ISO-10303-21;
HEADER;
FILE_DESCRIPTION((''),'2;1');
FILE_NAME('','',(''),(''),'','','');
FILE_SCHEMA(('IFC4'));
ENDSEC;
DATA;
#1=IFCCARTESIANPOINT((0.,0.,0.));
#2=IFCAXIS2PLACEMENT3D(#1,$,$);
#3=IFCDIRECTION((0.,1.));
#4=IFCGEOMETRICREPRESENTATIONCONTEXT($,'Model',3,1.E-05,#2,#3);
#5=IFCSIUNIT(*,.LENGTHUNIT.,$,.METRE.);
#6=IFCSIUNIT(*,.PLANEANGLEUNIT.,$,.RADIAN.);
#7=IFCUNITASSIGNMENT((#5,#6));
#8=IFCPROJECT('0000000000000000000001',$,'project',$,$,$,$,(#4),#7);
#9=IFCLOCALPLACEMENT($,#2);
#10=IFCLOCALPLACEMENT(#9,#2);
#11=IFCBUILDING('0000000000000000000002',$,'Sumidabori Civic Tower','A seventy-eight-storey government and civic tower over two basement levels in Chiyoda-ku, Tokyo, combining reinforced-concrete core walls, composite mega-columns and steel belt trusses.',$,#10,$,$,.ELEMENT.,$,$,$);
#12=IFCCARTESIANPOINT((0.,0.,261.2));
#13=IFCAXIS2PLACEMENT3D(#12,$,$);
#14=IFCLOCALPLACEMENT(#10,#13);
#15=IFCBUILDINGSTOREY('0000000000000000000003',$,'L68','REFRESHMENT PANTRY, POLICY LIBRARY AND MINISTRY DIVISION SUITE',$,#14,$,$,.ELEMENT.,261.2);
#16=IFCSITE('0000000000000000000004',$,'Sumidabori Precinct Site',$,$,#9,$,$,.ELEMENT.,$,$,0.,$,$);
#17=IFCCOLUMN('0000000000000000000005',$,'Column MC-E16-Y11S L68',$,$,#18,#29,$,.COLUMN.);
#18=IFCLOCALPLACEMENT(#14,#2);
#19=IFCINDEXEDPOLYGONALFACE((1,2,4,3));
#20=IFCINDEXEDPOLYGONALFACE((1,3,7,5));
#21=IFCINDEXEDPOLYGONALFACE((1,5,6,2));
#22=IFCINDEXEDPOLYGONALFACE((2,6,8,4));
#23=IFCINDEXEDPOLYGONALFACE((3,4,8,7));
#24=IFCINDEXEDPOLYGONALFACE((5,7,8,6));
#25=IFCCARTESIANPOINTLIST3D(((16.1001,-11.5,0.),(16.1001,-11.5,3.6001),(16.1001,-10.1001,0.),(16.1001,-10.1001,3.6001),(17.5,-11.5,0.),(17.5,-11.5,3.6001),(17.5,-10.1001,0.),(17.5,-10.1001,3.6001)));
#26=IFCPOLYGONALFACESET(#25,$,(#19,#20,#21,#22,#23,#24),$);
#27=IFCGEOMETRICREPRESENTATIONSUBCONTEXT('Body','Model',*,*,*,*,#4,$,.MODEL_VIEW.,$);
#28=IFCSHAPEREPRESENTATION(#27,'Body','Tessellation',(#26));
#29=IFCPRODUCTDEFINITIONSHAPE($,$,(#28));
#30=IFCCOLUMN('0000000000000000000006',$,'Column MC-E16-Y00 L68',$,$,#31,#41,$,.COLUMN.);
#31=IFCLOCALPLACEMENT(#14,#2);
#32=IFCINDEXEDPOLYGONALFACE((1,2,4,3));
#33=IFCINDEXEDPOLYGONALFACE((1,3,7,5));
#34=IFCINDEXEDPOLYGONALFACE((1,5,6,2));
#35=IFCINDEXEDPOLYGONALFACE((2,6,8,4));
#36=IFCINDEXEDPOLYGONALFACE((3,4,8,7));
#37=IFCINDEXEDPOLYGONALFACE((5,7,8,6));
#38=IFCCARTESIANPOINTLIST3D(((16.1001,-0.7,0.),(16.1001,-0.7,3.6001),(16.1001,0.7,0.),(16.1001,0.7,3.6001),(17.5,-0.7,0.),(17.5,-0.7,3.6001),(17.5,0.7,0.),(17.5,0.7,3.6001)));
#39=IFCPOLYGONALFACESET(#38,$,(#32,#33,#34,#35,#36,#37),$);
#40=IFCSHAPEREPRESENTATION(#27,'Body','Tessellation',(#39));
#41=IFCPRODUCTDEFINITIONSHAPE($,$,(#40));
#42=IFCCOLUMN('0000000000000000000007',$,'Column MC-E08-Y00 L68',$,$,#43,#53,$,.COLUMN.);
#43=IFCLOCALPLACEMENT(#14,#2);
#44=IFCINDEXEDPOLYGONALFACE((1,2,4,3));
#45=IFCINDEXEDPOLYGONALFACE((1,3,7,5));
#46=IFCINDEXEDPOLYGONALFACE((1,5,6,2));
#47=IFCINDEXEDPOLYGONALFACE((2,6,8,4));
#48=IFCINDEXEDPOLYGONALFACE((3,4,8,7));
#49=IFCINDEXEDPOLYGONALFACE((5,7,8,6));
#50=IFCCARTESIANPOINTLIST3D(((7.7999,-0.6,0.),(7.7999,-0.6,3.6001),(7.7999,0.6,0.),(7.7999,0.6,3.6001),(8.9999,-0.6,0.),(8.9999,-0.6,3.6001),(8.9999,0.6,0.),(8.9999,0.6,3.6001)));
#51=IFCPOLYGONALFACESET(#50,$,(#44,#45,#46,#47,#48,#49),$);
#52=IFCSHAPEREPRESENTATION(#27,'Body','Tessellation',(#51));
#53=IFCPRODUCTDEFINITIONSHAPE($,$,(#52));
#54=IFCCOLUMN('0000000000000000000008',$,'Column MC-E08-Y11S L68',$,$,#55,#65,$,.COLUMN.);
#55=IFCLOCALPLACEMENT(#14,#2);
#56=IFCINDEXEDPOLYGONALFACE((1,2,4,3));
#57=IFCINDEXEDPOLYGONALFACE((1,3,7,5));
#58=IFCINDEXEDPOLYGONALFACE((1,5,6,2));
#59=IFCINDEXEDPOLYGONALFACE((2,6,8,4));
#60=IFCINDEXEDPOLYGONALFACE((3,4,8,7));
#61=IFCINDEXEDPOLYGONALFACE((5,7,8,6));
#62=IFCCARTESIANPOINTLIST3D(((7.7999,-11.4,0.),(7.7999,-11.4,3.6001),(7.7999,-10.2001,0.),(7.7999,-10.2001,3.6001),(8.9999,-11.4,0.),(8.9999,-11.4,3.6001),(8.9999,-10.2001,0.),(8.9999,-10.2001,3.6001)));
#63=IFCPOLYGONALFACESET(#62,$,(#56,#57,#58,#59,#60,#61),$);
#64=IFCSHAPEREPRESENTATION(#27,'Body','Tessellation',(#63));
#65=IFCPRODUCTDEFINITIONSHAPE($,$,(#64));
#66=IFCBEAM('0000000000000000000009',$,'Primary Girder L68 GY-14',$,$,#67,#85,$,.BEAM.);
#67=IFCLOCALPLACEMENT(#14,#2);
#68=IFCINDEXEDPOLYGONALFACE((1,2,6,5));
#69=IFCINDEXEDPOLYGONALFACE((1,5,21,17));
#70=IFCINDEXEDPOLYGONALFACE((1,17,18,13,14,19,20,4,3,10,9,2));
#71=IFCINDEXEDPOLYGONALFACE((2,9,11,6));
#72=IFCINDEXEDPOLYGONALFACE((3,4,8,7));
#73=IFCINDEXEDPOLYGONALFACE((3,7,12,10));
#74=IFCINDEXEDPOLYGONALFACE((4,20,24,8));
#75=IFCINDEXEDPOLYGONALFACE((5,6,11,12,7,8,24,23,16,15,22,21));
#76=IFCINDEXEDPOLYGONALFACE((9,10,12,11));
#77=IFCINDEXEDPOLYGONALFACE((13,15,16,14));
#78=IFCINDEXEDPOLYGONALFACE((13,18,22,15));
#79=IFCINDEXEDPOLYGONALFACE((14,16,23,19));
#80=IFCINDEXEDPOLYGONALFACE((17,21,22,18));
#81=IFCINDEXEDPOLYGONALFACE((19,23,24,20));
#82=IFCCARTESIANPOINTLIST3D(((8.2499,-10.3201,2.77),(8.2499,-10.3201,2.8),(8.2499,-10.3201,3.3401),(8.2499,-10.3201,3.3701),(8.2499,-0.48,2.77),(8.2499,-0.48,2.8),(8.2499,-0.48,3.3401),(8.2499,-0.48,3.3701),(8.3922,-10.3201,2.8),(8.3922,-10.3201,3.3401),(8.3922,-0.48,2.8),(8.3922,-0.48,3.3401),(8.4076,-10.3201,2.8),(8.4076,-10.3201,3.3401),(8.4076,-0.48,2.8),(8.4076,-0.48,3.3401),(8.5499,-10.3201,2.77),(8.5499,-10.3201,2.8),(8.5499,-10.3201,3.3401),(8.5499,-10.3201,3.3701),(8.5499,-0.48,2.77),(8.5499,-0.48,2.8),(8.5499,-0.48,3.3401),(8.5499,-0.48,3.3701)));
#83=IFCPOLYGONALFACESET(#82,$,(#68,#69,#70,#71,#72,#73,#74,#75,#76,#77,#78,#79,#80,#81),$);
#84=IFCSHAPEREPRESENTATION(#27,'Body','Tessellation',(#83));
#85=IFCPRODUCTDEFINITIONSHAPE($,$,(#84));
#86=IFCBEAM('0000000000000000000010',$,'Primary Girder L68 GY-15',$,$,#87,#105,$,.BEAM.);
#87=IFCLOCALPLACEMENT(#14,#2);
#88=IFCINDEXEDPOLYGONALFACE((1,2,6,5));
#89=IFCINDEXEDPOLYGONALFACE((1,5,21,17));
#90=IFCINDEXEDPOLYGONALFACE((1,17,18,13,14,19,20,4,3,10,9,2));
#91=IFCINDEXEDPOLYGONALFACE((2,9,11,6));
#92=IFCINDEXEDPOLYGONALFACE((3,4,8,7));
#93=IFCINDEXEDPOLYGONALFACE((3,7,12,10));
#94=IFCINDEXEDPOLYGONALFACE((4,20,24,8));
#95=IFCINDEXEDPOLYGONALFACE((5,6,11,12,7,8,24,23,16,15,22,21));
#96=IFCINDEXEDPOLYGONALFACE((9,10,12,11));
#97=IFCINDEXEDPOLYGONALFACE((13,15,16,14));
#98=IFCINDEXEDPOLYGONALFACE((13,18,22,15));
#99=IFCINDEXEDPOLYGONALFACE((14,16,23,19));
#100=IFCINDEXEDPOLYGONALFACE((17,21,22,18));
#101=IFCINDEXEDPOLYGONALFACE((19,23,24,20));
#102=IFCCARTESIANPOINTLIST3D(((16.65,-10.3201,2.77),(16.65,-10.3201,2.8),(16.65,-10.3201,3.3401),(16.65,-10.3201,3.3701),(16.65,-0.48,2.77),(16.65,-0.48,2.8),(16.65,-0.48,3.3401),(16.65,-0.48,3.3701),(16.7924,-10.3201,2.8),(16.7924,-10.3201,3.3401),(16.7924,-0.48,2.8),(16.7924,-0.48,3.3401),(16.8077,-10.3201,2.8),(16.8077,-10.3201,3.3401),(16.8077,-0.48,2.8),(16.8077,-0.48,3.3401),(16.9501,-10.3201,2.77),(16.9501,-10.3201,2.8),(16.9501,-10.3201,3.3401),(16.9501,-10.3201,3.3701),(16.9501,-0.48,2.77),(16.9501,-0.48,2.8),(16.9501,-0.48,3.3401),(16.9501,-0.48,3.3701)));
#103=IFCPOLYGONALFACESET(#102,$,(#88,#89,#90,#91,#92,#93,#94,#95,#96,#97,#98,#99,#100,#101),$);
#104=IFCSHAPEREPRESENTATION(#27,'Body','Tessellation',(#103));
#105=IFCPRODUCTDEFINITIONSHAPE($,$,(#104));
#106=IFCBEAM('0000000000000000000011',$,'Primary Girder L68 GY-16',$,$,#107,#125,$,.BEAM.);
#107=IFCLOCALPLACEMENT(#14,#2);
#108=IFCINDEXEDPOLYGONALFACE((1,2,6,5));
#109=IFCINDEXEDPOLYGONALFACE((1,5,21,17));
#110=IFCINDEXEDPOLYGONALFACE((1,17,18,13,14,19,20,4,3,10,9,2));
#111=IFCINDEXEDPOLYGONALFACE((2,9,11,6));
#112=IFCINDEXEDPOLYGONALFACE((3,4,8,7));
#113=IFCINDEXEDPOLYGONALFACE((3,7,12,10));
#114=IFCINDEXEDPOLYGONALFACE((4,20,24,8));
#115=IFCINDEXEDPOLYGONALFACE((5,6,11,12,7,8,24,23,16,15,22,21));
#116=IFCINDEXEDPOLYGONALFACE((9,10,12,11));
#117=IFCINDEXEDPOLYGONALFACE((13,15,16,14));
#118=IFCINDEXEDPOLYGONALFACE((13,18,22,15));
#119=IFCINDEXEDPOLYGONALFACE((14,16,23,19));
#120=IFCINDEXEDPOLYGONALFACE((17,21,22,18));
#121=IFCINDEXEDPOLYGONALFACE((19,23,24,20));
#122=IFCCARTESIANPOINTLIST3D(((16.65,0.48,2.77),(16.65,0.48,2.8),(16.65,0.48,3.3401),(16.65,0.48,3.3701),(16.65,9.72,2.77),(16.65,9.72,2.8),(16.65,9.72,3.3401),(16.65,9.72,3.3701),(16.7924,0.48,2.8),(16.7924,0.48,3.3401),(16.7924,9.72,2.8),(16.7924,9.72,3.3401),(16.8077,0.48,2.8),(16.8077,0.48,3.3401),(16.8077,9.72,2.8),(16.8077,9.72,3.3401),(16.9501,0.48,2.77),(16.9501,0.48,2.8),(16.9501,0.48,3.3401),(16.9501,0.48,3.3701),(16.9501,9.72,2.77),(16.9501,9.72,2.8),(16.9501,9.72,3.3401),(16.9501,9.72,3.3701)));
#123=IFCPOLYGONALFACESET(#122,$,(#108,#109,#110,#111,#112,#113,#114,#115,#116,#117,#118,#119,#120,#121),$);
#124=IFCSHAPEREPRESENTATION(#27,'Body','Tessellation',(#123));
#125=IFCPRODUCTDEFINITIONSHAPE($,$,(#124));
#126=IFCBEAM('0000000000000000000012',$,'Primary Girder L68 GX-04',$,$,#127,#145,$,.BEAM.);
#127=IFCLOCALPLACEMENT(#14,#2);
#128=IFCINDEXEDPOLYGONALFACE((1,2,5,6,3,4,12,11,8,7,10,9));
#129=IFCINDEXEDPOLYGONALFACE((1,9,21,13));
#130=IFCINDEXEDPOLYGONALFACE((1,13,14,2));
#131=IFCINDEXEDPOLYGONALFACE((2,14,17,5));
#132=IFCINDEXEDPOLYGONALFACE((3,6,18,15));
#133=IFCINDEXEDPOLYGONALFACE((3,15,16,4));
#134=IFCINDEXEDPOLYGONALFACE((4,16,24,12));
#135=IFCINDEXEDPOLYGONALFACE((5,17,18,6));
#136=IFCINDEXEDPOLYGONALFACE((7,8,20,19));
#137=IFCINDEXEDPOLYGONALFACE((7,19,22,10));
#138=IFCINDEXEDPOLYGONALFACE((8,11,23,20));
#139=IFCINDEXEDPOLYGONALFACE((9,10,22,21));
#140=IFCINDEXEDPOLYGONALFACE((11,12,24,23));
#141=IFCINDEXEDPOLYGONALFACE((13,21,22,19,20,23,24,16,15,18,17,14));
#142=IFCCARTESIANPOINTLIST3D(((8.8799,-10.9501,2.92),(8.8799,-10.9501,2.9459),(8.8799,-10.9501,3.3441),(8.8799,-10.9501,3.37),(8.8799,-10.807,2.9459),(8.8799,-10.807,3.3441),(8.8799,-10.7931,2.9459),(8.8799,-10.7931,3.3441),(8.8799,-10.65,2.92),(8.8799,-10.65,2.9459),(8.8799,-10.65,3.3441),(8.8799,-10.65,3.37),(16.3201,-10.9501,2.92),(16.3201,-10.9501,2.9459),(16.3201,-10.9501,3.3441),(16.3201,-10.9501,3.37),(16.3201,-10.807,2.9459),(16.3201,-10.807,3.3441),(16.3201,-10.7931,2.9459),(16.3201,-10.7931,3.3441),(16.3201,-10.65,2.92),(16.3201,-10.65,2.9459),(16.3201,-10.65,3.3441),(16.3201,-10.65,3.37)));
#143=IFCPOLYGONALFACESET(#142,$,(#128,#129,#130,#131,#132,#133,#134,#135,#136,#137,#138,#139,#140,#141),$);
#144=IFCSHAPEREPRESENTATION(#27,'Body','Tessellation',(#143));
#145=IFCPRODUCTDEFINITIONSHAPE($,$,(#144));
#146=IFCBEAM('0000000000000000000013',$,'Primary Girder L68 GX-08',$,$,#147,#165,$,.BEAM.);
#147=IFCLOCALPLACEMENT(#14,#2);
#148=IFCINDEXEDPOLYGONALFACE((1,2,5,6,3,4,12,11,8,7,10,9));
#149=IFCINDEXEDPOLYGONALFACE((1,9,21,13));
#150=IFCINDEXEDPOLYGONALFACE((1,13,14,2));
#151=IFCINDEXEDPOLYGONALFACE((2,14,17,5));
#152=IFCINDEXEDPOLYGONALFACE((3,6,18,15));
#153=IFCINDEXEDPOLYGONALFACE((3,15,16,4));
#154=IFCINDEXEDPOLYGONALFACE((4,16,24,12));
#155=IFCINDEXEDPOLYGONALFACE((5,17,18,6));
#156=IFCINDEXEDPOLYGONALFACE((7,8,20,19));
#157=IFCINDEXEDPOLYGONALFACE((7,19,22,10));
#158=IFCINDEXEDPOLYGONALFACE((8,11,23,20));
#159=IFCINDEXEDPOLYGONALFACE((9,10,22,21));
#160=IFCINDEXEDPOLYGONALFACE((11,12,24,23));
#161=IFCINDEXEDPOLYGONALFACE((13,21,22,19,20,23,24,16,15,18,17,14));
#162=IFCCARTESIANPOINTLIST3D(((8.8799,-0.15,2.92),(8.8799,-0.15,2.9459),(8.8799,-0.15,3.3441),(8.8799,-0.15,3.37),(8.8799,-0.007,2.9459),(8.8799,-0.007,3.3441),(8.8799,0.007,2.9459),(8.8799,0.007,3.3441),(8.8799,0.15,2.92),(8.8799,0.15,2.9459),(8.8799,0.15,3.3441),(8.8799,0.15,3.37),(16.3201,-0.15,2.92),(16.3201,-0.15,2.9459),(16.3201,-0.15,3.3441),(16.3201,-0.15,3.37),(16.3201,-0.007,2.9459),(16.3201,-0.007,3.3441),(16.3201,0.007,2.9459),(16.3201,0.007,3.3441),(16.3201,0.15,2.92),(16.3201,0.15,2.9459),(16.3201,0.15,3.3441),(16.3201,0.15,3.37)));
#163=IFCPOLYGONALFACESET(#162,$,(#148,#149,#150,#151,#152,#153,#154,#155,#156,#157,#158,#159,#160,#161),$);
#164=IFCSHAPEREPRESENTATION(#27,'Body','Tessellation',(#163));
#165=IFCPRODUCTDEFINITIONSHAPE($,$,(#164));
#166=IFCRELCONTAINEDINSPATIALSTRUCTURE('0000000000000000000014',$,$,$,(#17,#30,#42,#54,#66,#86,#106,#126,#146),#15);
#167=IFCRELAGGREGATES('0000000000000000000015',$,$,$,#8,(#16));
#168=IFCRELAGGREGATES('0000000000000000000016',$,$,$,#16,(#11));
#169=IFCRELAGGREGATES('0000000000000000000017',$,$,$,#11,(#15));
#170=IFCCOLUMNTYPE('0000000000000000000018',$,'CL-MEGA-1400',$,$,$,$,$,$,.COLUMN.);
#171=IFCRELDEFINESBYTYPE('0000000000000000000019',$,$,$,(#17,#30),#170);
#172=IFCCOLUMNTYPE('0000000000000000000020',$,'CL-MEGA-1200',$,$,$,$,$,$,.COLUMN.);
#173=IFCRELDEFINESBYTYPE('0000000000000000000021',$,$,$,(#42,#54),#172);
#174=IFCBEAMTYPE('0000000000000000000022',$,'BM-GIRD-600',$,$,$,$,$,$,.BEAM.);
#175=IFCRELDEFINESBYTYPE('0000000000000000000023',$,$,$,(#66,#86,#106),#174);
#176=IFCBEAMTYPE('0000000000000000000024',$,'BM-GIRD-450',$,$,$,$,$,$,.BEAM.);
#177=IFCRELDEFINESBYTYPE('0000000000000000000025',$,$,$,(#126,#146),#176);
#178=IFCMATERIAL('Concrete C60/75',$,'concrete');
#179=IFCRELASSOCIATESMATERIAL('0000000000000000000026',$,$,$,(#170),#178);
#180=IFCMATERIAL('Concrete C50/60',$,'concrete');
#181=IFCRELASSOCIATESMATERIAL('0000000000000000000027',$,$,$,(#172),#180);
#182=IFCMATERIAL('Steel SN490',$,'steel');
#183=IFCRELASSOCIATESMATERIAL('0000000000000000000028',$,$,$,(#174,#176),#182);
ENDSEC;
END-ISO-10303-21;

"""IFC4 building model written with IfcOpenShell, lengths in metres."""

from ifc_helpers import new_model, si_unit, direction, frame, origin, origin_2d, place, context, subcontext, project, spatial, rectangle, i_section, extrude, source, transform, mapped, material, material_profile, profile_set, type_object, element, save


model = new_model("IFC4")

# Units and contexts
model_context = context("Model", 3, precision=1e-05, world=origin(), true_north=direction((0.0, 1.0)))
body_context = subcontext(model_context, "Body", "Model", "MODEL_VIEW")
ifc_project = project(units=[si_unit("LENGTHUNIT", "METRE"), si_unit("PLANEANGLEUNIT", "RADIAN")], contexts=[model_context])

# Site, building, storey
site_placement = place(None, origin())
site = spatial("IfcSite", under=ifc_project, at=site_placement, Name="Sumidabori Precinct Site", CompositionType="ELEMENT", RefElevation=0.0)
building_placement = place(site_placement, origin())
building = spatial("IfcBuilding", under=site, at=building_placement, Name="Sumidabori Civic Tower", Description="A seventy-eight-storey government and civic tower over two basement levels in Chiyoda-ku, Tokyo, combining reinforced-concrete core walls, composite mega-columns and steel belt trusses.", CompositionType="ELEMENT")
storey_placement = place(building_placement, frame((0.0, 0.0, 261.2)))
storey = spatial("IfcBuildingStorey", under=building, at=storey_placement, Name="L68", Description="REFRESHMENT PANTRY, POLICY LIBRARY AND MINISTRY DIVISION SUITE", CompositionType="ELEMENT", Elevation=261.2)

# Columns
ifc_material_1 = material(Name="Concrete C60/75", Category="concrete")
ifc_material_profile_1 = material_profile(ifc_material_1, rectangle(XDim=1.3999, YDim=1.3999, at=origin_2d()), Name="RC 1400x1400")
ifc_profile_set_1 = profile_set([ifc_material_profile_1], Name="Concrete C60/75")
column_type_1 = type_object("IfcColumnType", Name="CL-MEGA-1400", PredefinedType="COLUMN", material=ifc_profile_set_1)
shared_shape_1 = source(origin(), body_context, "Body", "SweptSolid", [
    extrude(rectangle(XDim=1.3999, YDim=1.3999, at=origin_2d()), origin(), (0.0, 0.0, 1.0), 3.6001),
])
for number, where, z_axis, x_axis, name in (
    (1, (16.8, -10.8, 0.0), (0.0, 0.0, 1.0), (1.0, 0.0, 0.0), "Column MC-E16-Y11S L68"),
    (2, (16.8, 0.0, 0.0), (0.0, 0.0, 1.0), (1.0, 0.0, 0.0), "Column MC-E16-Y00 L68"),
):
    element("IfcColumn", number, at=place(storey_placement, frame(where, z_axis=z_axis, x_axis=x_axis)), inside=storey, type_object=column_type_1, Name=name, PredefinedType="COLUMN", context=body_context, shape_type="MappedRepresentation", body=[
        mapped(shared_shape_1, transform((0.0, 0.0, 0.0), x_axis=(1.0, 0.0, 0.0), y_axis=(0.0, 1.0, 0.0), z_axis=(0.0, 0.0, 1.0), scale=1.0)),
    ])
ifc_material_2 = material(Name="Concrete C50/60", Category="concrete")
ifc_material_profile_2 = material_profile(ifc_material_2, rectangle(XDim=1.2, YDim=1.2, at=origin_2d()), Name="RC 1200x1200")
ifc_profile_set_2 = profile_set([ifc_material_profile_2], Name="Concrete C50/60")
column_type_2 = type_object("IfcColumnType", Name="CL-MEGA-1200", PredefinedType="COLUMN", material=ifc_profile_set_2)
shared_shape_2 = source(origin(), body_context, "Body", "SweptSolid", [
    extrude(rectangle(XDim=1.2, YDim=1.2, at=origin_2d()), origin(), (0.0, 0.0, 1.0), 3.6001),
])
for number, where, z_axis, x_axis, name in (
    (3, (8.3999, 0.0, 0.0), (0.0, 0.0, 1.0), (1.0, 0.0, 0.0), "Column MC-E08-Y00 L68"),
    (4, (8.3999, -10.8, 0.0), (0.0, 0.0, 1.0), (1.0, 0.0, 0.0), "Column MC-E08-Y11S L68"),
):
    element("IfcColumn", number, at=place(storey_placement, frame(where, z_axis=z_axis, x_axis=x_axis)), inside=storey, type_object=column_type_2, Name=name, PredefinedType="COLUMN", context=body_context, shape_type="MappedRepresentation", body=[
        mapped(shared_shape_2, transform((0.0, 0.0, 0.0), x_axis=(1.0, 0.0, 0.0), y_axis=(0.0, 1.0, 0.0), z_axis=(0.0, 0.0, 1.0), scale=1.0)),
    ])

# Beams
ifc_material_3 = material(Name="Steel SN490", Category="steel")
ifc_material_profile_3 = material_profile(ifc_material_3, i_section(OverallWidth=0.3, OverallDepth=0.6001, WebThickness=0.0154, FlangeThickness=0.03, at=origin_2d()), Name="HE 600 B")
ifc_profile_set_3 = profile_set([ifc_material_profile_3], Name="Steel SN490")
beam_type_1 = type_object("IfcBeamType", Name="BM-GIRD-600", PredefinedType="BEAM", material=ifc_profile_set_3)
shared_shape_3 = source(origin(), body_context, "Body", "SweptSolid", [
    extrude(i_section(OverallWidth=0.3, OverallDepth=0.6001, WebThickness=0.0154, FlangeThickness=0.03, at=origin_2d()), origin(), (0.0, 0.0, 1.0), 9.8401),
])
for number, where, z_axis, x_axis, name in (
    (5, (8.3999, -10.3201, 3.0701), (0.0, 1.0, 0.0), (-1.0, 0.0, 0.0), "Primary Girder L68 GY-14"),
    (6, (16.8, -10.3201, 3.0701), (0.0, 1.0, 0.0), (-1.0, 0.0, 0.0), "Primary Girder L68 GY-15"),
):
    element("IfcBeam", number, at=place(storey_placement, frame(where, z_axis=z_axis, x_axis=x_axis)), inside=storey, type_object=beam_type_1, Name=name, PredefinedType="BEAM", context=body_context, shape_type="MappedRepresentation", body=[
        mapped(shared_shape_3, transform((0.0, 0.0, 0.0), x_axis=(1.0, 0.0, 0.0), y_axis=(0.0, 1.0, 0.0), z_axis=(0.0, 0.0, 1.0), scale=1.0)),
    ])
shared_shape_4 = source(origin(), body_context, "Body", "SweptSolid", [
    extrude(i_section(OverallWidth=0.3, OverallDepth=0.6001, WebThickness=0.0154, FlangeThickness=0.03, at=origin_2d()), origin(), (0.0, 0.0, 1.0), 9.24),
])
beam_1_placement = place(storey_placement, frame((16.8, 0.48, 3.0701), z_axis=(0.0, 1.0, 0.0), x_axis=(-1.0, 0.0, 0.0)))
element("IfcBeam", 7, at=beam_1_placement, inside=storey, type_object=beam_type_1, Name="Primary Girder L68 GY-16", PredefinedType="BEAM", context=body_context, shape_type="MappedRepresentation", body=[
    mapped(shared_shape_4, transform((0.0, 0.0, 0.0), x_axis=(1.0, 0.0, 0.0), y_axis=(0.0, 1.0, 0.0), z_axis=(0.0, 0.0, 1.0), scale=1.0)),
])
ifc_material_profile_4 = material_profile(ifc_material_3, i_section(OverallWidth=0.3, OverallDepth=0.45, WebThickness=0.0139, FlangeThickness=0.0259, at=origin_2d()), Name="HE 450 B")
ifc_profile_set_4 = profile_set([ifc_material_profile_4], Name="Steel SN490")
beam_type_2 = type_object("IfcBeamType", Name="BM-GIRD-450", PredefinedType="BEAM", material=ifc_profile_set_4)
shared_shape_5 = source(origin(), body_context, "Body", "SweptSolid", [
    extrude(i_section(OverallWidth=0.3, OverallDepth=0.45, WebThickness=0.0139, FlangeThickness=0.0259, at=origin_2d()), origin(), (0.0, 0.0, 1.0), 7.4402),
])
for number, where, z_axis, x_axis, name in (
    (8, (8.8799, -10.8, 3.145), (1.0, 0.0, 0.0), (0.0, 1.0, 0.0), "Primary Girder L68 GX-04"),
    (9, (8.8799, 0.0, 3.145), (1.0, 0.0, 0.0), (0.0, 1.0, 0.0), "Primary Girder L68 GX-08"),
):
    element("IfcBeam", number, at=place(storey_placement, frame(where, z_axis=z_axis, x_axis=x_axis)), inside=storey, type_object=beam_type_2, Name=name, PredefinedType="BEAM", context=body_context, shape_type="MappedRepresentation", body=[
        mapped(shared_shape_5, transform((0.0, 0.0, 0.0), x_axis=(1.0, 0.0, 0.0), y_axis=(0.0, 1.0, 0.0), z_axis=(0.0, 0.0, 1.0), scale=1.0)),
    ])

save(model, "model.ifc")
